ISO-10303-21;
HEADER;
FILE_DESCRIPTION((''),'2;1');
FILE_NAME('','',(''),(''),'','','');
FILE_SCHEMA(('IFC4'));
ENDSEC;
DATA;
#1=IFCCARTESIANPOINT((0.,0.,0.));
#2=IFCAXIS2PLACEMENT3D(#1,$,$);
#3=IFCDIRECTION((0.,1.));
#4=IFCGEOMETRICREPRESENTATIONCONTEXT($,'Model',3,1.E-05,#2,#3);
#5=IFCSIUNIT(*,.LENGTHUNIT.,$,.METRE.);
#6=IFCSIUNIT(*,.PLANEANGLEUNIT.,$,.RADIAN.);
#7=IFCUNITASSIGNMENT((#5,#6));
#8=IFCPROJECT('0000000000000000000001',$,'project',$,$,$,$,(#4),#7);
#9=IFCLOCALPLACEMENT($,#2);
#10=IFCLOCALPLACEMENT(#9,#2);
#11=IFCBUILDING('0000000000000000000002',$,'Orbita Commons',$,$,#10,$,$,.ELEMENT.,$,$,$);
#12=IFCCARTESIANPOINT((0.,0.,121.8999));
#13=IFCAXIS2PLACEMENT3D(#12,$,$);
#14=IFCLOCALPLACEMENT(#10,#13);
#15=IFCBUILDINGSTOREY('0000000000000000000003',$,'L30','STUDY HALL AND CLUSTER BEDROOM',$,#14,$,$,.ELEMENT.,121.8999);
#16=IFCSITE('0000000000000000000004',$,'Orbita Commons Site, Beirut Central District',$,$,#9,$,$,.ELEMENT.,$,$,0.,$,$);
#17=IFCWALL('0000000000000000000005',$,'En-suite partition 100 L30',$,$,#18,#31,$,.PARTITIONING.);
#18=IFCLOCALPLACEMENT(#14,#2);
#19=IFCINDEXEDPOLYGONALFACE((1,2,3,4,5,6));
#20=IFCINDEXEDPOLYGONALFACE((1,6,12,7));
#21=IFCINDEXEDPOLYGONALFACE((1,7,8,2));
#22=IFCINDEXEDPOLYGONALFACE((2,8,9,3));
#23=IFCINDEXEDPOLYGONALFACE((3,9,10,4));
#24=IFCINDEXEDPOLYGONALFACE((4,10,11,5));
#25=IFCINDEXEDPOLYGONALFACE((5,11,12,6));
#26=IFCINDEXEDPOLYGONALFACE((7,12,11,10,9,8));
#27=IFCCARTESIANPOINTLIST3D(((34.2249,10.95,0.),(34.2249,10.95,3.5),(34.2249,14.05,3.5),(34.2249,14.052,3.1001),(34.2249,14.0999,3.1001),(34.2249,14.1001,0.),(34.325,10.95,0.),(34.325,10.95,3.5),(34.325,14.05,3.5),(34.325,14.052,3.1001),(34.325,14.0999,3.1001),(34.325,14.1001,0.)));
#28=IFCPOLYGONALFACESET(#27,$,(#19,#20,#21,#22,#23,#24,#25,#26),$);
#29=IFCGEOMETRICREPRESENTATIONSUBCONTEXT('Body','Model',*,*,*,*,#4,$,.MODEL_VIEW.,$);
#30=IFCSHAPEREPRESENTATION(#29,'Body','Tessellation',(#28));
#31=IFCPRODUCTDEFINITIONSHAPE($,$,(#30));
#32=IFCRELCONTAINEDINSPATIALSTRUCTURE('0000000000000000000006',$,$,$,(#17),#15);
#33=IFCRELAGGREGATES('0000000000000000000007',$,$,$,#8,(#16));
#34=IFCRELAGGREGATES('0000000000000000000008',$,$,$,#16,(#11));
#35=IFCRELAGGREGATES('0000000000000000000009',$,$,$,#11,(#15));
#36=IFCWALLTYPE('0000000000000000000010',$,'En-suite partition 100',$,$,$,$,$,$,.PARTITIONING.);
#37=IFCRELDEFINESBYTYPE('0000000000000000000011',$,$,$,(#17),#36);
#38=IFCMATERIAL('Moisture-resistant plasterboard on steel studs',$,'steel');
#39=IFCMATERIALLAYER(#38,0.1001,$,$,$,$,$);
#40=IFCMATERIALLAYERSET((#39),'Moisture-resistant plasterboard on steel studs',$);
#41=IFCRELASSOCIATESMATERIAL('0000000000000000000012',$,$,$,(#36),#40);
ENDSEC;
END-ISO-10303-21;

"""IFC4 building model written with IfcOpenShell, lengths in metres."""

from ifc_helpers import new_model, si_unit, direction, frame, origin, place, context, subcontext, project, spatial, polyline, outline, extrude, material, layer, layer_set, type_object, element, save


model = new_model("IFC4")

# Units and contexts
model_context = context("Model", 3, precision=1e-05, world=origin(), true_north=direction((0.0, 1.0)))
body_context = subcontext(model_context, "Body", "Model", "MODEL_VIEW")
ifc_project = project(units=[si_unit("LENGTHUNIT", "METRE"), si_unit("PLANEANGLEUNIT", "RADIAN")], contexts=[model_context])

# Site, building, storey
site_placement = place(None, origin())
site = spatial("IfcSite", under=ifc_project, at=site_placement, Name="Orbita Commons Site, Beirut Central District", CompositionType="ELEMENT", RefElevation=0.0)
building_placement = place(site_placement, origin())
building = spatial("IfcBuilding", under=site, at=building_placement, Name="Orbita Commons", CompositionType="ELEMENT")
storey_placement = place(building_placement, frame((0.0, 0.0, 121.8999)))
storey = spatial("IfcBuildingStorey", under=building, at=storey_placement, Name="L30", Description="STUDY HALL AND CLUSTER BEDROOM", CompositionType="ELEMENT", Elevation=121.8999)

# Shared definitions
ifc_material_1 = material(Name="Moisture-resistant plasterboard on steel studs", Category="steel")
ifc_layer_1 = layer(ifc_material_1, 0.1001)
ifc_layer_set_1 = layer_set([ifc_layer_1], Name="Moisture-resistant plasterboard on steel studs")
wall_type_1 = type_object("IfcWallType", Name="En-suite partition 100", PredefinedType="PARTITIONING", material=ifc_layer_set_1)

# Wall
wall_1_placement = place(storey_placement, frame((34.2749, 10.95, 0.0), z_axis=(0.0, 0.0, 1.0), x_axis=(0.0, 1.0, 0.0)))
element("IfcWall", 1, at=wall_1_placement, inside=storey, type_object=wall_type_1, Name="En-suite partition 100 L30", PredefinedType="PARTITIONING", context=body_context, shape_type="SweptSolid", body=[
    extrude(outline(polyline([(0.0, 0.0), (3.1501, 0.0), (3.1499, 3.1001), (3.1021, 3.1001), (3.1001, 3.5), (0.0, 3.5), (0.0, 0.0)])), frame((0.0, 0.05, 0.0), z_axis=(0.0, -1.0, 0.0), x_axis=(1.0, 0.0, 0.0)), (0.0, 0.0, 1.0), 0.1001),
])

save(model, "model.ifc")
